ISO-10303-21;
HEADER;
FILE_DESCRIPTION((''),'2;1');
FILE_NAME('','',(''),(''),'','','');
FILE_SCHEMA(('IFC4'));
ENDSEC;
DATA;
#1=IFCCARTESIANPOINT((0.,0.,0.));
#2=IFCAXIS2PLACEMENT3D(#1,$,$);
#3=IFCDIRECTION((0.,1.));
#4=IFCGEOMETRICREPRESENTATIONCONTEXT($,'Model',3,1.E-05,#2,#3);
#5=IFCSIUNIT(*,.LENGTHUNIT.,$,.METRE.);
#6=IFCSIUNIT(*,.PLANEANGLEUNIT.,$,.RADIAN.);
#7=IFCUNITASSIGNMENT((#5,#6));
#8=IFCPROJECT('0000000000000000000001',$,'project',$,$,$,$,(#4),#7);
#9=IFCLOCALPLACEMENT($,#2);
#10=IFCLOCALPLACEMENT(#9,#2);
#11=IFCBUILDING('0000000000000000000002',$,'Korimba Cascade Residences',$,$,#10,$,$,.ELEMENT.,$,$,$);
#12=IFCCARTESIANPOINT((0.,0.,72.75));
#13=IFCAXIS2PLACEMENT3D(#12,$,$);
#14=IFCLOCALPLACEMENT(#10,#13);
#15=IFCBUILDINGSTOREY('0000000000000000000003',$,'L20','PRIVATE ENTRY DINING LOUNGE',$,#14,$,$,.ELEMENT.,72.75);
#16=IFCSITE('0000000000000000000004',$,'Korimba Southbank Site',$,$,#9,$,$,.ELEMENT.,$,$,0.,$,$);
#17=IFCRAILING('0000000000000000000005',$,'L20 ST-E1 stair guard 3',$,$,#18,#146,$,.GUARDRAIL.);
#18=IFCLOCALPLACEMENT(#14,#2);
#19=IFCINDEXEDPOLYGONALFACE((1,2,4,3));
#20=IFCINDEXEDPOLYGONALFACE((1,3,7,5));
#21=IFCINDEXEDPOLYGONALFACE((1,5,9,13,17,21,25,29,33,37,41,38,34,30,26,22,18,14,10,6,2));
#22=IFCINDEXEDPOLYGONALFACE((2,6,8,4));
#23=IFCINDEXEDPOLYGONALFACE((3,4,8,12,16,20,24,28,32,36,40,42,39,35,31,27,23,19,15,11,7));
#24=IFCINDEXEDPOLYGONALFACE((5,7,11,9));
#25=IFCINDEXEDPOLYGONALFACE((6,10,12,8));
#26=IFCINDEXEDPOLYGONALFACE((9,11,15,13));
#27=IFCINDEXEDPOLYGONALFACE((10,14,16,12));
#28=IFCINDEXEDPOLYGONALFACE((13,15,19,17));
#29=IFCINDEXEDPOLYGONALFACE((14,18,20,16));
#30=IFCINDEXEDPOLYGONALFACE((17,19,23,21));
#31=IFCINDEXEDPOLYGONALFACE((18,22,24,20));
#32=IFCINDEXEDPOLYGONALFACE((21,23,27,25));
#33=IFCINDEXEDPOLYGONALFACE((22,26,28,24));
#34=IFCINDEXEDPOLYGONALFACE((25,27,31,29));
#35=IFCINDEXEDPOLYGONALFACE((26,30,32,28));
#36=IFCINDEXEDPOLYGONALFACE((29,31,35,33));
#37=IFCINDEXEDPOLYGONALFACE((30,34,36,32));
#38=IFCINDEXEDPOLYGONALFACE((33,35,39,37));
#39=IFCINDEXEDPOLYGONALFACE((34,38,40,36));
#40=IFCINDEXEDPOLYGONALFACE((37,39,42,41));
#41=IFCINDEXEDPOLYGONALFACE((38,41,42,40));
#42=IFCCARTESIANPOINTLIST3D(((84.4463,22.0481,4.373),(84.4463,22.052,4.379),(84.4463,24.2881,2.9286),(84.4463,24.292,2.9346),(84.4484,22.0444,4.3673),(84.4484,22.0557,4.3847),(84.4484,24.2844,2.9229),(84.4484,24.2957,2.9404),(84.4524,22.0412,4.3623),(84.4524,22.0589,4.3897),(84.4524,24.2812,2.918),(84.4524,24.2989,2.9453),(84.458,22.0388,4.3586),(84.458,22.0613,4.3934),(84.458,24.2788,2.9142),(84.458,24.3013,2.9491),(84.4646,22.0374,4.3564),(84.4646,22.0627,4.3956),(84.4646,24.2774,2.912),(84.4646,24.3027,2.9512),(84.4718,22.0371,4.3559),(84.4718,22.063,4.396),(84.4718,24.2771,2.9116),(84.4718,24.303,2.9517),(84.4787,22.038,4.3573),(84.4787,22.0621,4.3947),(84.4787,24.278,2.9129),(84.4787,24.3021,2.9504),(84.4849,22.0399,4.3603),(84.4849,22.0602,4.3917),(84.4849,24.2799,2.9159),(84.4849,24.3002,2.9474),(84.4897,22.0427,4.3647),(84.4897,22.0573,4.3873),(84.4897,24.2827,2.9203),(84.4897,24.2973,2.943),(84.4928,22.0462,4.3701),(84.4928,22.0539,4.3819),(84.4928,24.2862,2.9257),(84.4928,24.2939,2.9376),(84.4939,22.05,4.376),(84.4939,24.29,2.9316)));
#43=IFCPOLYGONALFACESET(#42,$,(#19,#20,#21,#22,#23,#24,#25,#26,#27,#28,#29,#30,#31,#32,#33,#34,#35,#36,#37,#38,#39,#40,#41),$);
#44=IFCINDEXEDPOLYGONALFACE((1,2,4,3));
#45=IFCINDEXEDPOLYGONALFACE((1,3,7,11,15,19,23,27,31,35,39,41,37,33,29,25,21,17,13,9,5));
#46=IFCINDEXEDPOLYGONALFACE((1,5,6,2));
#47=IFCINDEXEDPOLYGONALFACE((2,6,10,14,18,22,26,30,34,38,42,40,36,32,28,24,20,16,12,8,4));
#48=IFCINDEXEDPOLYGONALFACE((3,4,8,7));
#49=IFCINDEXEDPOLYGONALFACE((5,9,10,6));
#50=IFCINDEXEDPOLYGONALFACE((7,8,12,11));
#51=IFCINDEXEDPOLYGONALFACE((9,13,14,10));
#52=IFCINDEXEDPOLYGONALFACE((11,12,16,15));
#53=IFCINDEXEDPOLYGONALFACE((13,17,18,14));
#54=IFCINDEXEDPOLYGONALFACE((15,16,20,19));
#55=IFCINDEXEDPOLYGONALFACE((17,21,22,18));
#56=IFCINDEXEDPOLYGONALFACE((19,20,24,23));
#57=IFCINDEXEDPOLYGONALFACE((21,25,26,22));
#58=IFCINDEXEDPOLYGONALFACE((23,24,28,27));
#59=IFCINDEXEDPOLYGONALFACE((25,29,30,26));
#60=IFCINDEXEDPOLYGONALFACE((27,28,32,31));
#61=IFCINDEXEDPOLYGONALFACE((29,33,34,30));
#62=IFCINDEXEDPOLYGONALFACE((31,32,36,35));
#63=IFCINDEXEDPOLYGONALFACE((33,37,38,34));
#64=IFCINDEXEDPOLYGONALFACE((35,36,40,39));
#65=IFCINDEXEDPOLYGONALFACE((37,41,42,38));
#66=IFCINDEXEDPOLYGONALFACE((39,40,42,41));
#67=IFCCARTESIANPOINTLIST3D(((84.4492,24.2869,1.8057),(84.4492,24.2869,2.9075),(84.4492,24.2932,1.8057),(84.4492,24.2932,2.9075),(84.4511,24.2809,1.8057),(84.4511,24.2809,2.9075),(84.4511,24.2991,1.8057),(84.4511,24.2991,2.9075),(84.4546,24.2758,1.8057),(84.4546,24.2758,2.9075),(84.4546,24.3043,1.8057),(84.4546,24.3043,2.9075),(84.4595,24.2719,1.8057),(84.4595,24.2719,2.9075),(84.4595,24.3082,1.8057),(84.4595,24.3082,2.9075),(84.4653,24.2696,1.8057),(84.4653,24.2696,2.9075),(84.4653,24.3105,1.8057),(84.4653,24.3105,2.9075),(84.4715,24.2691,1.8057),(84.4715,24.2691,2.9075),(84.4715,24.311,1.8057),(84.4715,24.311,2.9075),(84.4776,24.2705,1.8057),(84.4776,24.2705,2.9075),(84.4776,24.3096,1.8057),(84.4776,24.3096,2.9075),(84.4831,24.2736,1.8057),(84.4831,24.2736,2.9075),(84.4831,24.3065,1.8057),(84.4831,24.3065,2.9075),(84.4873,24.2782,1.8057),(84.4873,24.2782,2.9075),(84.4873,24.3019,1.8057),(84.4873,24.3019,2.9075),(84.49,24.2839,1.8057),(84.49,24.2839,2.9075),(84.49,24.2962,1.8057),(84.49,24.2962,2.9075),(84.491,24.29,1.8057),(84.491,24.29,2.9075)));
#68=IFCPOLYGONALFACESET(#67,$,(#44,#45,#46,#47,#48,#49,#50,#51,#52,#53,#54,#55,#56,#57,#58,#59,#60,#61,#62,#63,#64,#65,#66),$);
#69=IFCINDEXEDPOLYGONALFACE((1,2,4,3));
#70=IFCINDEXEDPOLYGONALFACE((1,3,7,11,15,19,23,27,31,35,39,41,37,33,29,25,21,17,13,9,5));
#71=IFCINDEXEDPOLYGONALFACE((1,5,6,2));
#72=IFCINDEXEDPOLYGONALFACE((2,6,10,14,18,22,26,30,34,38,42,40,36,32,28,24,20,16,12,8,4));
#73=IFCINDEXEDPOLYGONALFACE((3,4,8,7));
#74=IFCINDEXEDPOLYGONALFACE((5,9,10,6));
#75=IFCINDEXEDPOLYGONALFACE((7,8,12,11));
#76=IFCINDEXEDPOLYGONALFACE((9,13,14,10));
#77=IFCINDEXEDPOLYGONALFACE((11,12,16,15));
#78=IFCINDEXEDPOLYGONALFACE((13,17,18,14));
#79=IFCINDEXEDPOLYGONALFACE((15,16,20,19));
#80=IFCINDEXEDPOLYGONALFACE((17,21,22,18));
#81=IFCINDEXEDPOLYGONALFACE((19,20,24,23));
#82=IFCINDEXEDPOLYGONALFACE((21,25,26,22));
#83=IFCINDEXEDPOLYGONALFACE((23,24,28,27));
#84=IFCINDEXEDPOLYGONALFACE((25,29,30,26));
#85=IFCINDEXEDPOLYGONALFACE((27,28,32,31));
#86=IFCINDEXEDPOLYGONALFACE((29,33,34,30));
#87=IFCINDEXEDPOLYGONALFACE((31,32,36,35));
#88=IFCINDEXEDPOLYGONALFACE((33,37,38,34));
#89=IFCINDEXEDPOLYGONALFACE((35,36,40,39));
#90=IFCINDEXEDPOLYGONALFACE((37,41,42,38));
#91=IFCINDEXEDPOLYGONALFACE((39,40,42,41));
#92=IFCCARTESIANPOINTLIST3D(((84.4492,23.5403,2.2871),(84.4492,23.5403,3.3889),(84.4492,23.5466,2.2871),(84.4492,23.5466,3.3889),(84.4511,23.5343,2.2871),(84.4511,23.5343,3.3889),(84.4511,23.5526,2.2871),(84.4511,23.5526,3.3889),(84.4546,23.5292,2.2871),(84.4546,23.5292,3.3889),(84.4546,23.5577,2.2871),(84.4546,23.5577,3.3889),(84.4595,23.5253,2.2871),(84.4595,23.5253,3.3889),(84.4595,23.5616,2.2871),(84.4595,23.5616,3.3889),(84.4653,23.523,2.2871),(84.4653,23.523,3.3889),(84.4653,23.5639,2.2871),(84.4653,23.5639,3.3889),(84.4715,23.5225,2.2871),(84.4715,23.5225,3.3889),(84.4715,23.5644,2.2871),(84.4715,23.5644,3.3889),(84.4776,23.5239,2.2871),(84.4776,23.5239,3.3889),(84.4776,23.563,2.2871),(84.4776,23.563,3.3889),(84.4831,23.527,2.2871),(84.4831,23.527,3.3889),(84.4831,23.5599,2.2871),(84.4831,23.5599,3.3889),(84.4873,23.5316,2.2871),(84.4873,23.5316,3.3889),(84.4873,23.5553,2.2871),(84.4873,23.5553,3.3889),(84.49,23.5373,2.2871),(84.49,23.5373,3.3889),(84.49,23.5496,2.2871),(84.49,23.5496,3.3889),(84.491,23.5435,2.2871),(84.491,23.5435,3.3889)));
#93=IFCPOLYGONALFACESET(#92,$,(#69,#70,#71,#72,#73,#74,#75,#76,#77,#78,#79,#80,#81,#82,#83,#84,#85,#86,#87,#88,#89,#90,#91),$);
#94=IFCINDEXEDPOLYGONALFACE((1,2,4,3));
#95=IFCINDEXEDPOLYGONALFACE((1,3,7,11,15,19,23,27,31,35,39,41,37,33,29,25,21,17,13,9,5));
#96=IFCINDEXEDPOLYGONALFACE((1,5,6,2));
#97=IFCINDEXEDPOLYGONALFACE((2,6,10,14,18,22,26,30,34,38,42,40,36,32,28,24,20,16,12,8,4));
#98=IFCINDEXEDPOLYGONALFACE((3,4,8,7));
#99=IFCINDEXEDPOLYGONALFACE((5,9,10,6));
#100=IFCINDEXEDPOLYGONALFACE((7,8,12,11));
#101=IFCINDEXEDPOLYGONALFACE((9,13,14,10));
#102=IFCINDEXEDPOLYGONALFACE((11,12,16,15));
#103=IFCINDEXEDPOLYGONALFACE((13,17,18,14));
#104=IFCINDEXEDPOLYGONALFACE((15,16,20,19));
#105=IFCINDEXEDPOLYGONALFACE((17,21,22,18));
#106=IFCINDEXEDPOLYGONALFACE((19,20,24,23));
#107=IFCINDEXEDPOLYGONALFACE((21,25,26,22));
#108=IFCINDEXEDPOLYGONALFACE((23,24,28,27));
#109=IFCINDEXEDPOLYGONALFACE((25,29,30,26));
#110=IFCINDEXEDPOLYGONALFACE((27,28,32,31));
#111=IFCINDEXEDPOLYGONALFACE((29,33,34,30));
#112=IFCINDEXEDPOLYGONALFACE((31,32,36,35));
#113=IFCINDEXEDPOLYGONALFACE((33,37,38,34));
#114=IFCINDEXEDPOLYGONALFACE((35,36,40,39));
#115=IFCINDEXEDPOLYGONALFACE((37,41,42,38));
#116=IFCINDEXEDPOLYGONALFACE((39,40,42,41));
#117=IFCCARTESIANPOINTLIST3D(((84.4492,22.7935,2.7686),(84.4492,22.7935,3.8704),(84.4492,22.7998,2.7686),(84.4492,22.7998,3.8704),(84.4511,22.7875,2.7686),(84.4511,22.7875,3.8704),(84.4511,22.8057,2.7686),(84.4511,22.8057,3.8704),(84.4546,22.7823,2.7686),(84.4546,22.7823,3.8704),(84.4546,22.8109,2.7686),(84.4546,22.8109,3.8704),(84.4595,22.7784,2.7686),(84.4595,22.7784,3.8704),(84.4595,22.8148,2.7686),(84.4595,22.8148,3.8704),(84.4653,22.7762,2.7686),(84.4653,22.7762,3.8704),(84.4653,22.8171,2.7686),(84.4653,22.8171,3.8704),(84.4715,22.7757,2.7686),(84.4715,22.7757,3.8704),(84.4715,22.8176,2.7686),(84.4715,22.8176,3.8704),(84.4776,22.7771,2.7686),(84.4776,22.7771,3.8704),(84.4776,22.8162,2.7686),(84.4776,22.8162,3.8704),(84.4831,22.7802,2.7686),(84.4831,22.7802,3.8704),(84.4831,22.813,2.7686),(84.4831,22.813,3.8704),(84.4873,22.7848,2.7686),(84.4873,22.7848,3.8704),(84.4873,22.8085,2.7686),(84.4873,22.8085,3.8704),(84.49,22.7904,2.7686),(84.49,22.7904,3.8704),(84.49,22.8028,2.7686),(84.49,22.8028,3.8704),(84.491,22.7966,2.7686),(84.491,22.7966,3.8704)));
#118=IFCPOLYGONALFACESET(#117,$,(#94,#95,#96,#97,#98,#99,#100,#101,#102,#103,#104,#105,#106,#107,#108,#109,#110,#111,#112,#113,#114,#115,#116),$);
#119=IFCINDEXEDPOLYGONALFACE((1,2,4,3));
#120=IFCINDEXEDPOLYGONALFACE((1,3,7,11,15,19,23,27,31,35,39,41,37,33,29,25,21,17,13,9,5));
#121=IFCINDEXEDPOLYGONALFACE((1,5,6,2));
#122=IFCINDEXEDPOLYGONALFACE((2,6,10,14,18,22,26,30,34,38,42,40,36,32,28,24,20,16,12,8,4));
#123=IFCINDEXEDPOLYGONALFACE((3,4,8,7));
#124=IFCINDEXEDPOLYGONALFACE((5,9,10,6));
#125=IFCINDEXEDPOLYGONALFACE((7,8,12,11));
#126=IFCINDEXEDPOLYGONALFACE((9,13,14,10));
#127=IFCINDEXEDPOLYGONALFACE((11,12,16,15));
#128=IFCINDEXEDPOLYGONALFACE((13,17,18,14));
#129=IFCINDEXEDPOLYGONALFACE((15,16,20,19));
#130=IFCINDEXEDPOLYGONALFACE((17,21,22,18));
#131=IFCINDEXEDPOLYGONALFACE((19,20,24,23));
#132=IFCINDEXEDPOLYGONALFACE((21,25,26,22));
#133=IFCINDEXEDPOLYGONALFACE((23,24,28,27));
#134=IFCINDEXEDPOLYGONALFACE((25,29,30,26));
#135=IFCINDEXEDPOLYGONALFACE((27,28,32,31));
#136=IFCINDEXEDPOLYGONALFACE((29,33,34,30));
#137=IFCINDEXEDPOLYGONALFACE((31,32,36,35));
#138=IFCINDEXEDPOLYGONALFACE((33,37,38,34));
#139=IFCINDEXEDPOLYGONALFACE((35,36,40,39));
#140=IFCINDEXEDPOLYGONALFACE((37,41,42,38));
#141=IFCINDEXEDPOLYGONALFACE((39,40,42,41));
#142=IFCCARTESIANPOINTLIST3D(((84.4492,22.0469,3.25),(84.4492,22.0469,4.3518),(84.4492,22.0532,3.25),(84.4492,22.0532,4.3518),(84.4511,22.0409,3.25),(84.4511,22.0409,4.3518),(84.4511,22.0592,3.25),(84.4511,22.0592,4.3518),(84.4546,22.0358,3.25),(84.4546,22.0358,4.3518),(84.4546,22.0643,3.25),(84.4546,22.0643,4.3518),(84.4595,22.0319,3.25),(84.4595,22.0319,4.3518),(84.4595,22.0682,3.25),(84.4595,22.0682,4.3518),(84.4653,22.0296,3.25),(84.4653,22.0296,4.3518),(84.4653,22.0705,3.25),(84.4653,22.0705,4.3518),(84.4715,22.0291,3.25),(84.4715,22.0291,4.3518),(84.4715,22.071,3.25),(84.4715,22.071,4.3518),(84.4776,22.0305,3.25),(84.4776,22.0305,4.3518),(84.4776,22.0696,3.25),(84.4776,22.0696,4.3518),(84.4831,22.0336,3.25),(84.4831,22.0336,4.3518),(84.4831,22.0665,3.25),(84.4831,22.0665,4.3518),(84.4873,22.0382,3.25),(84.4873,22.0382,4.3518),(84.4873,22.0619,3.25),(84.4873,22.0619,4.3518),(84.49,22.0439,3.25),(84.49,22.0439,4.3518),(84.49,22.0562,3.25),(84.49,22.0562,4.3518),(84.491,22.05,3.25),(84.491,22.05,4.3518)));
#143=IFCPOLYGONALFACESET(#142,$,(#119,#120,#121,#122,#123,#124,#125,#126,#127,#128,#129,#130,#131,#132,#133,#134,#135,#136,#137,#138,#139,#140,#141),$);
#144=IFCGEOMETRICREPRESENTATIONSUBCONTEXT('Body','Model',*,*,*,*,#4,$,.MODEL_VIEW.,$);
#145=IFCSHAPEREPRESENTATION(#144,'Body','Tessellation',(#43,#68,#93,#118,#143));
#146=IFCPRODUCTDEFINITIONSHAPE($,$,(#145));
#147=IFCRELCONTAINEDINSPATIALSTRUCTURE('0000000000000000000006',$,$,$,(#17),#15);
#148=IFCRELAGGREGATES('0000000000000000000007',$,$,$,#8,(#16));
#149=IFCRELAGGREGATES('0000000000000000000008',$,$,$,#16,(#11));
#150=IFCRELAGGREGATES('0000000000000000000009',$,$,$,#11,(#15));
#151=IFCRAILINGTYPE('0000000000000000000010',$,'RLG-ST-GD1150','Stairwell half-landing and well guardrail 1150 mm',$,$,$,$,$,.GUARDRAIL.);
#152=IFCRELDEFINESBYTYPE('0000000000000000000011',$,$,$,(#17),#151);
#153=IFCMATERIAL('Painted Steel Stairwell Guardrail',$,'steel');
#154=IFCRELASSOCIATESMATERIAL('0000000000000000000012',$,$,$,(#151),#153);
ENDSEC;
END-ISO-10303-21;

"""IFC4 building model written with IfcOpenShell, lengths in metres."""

from ifc_helpers import new_model, si_unit, direction, frame, origin, origin_2d, place, context, subcontext, project, spatial, circle, extrude, material, type_object, element, save


model = new_model("IFC4")

# Units and contexts
model_context = context("Model", 3, precision=1e-05, world=origin(), true_north=direction((0.0, 1.0)))
body_context = subcontext(model_context, "Body", "Model", "MODEL_VIEW")
ifc_project = project(units=[si_unit("LENGTHUNIT", "METRE"), si_unit("PLANEANGLEUNIT", "RADIAN")], contexts=[model_context])

# Site, building, storey
site_placement = place(None, origin())
site = spatial("IfcSite", under=ifc_project, at=site_placement, Name="Korimba Southbank Site", CompositionType="ELEMENT", RefElevation=0.0)
building_placement = place(site_placement, origin())
building = spatial("IfcBuilding", under=site, at=building_placement, Name="Korimba Cascade Residences", CompositionType="ELEMENT")
storey_placement = place(building_placement, frame((0.0, 0.0, 72.75)))
storey = spatial("IfcBuildingStorey", under=building, at=storey_placement, Name="L20", Description="PRIVATE ENTRY DINING LOUNGE", CompositionType="ELEMENT", Elevation=72.75)

# Railing
ifc_material_1 = material(Name="Painted Steel Stairwell Guardrail", Category="steel")
railing_type_1 = type_object("IfcRailingType", Name="RLG-ST-GD1150", Description="Stairwell half-landing and well guardrail 1150 mm", PredefinedType="GUARDRAIL", material=ifc_material_1)
railing_1_placement = place(storey_placement, frame((84.47, 24.29, 1.8057)))
element("IfcRailing", 1, at=railing_1_placement, inside=storey, type_object=railing_type_1, Name="L20 ST-E1 stair guard 3", PredefinedType="GUARDRAIL", context=body_context, shape_type="SweptSolid", body=[
    extrude(circle(Radius=0.0239, at=origin_2d()), frame((0.0, 0.0, 1.126), z_axis=(0.0, -0.840437, 0.54191), x_axis=(1.0, 0.0, 0.0)), (0.0, 0.0, 1.0), 2.6653),
    extrude(circle(Radius=0.021, at=origin_2d()), origin(), (0.0, 0.0, 1.0), 1.1018),
    extrude(circle(Radius=0.021, at=origin_2d()), frame((0.0, -0.7466, 0.4814)), (0.0, 0.0, 1.0), 1.1018),
    extrude(circle(Radius=0.021, at=origin_2d()), frame((0.0, -1.4934, 0.9629)), (0.0, 0.0, 1.0), 1.1018),
    extrude(circle(Radius=0.021, at=origin_2d()), frame((0.0, -2.24, 1.4443)), (0.0, 0.0, 1.0), 1.1018),
])

save(model, "model.ifc")
